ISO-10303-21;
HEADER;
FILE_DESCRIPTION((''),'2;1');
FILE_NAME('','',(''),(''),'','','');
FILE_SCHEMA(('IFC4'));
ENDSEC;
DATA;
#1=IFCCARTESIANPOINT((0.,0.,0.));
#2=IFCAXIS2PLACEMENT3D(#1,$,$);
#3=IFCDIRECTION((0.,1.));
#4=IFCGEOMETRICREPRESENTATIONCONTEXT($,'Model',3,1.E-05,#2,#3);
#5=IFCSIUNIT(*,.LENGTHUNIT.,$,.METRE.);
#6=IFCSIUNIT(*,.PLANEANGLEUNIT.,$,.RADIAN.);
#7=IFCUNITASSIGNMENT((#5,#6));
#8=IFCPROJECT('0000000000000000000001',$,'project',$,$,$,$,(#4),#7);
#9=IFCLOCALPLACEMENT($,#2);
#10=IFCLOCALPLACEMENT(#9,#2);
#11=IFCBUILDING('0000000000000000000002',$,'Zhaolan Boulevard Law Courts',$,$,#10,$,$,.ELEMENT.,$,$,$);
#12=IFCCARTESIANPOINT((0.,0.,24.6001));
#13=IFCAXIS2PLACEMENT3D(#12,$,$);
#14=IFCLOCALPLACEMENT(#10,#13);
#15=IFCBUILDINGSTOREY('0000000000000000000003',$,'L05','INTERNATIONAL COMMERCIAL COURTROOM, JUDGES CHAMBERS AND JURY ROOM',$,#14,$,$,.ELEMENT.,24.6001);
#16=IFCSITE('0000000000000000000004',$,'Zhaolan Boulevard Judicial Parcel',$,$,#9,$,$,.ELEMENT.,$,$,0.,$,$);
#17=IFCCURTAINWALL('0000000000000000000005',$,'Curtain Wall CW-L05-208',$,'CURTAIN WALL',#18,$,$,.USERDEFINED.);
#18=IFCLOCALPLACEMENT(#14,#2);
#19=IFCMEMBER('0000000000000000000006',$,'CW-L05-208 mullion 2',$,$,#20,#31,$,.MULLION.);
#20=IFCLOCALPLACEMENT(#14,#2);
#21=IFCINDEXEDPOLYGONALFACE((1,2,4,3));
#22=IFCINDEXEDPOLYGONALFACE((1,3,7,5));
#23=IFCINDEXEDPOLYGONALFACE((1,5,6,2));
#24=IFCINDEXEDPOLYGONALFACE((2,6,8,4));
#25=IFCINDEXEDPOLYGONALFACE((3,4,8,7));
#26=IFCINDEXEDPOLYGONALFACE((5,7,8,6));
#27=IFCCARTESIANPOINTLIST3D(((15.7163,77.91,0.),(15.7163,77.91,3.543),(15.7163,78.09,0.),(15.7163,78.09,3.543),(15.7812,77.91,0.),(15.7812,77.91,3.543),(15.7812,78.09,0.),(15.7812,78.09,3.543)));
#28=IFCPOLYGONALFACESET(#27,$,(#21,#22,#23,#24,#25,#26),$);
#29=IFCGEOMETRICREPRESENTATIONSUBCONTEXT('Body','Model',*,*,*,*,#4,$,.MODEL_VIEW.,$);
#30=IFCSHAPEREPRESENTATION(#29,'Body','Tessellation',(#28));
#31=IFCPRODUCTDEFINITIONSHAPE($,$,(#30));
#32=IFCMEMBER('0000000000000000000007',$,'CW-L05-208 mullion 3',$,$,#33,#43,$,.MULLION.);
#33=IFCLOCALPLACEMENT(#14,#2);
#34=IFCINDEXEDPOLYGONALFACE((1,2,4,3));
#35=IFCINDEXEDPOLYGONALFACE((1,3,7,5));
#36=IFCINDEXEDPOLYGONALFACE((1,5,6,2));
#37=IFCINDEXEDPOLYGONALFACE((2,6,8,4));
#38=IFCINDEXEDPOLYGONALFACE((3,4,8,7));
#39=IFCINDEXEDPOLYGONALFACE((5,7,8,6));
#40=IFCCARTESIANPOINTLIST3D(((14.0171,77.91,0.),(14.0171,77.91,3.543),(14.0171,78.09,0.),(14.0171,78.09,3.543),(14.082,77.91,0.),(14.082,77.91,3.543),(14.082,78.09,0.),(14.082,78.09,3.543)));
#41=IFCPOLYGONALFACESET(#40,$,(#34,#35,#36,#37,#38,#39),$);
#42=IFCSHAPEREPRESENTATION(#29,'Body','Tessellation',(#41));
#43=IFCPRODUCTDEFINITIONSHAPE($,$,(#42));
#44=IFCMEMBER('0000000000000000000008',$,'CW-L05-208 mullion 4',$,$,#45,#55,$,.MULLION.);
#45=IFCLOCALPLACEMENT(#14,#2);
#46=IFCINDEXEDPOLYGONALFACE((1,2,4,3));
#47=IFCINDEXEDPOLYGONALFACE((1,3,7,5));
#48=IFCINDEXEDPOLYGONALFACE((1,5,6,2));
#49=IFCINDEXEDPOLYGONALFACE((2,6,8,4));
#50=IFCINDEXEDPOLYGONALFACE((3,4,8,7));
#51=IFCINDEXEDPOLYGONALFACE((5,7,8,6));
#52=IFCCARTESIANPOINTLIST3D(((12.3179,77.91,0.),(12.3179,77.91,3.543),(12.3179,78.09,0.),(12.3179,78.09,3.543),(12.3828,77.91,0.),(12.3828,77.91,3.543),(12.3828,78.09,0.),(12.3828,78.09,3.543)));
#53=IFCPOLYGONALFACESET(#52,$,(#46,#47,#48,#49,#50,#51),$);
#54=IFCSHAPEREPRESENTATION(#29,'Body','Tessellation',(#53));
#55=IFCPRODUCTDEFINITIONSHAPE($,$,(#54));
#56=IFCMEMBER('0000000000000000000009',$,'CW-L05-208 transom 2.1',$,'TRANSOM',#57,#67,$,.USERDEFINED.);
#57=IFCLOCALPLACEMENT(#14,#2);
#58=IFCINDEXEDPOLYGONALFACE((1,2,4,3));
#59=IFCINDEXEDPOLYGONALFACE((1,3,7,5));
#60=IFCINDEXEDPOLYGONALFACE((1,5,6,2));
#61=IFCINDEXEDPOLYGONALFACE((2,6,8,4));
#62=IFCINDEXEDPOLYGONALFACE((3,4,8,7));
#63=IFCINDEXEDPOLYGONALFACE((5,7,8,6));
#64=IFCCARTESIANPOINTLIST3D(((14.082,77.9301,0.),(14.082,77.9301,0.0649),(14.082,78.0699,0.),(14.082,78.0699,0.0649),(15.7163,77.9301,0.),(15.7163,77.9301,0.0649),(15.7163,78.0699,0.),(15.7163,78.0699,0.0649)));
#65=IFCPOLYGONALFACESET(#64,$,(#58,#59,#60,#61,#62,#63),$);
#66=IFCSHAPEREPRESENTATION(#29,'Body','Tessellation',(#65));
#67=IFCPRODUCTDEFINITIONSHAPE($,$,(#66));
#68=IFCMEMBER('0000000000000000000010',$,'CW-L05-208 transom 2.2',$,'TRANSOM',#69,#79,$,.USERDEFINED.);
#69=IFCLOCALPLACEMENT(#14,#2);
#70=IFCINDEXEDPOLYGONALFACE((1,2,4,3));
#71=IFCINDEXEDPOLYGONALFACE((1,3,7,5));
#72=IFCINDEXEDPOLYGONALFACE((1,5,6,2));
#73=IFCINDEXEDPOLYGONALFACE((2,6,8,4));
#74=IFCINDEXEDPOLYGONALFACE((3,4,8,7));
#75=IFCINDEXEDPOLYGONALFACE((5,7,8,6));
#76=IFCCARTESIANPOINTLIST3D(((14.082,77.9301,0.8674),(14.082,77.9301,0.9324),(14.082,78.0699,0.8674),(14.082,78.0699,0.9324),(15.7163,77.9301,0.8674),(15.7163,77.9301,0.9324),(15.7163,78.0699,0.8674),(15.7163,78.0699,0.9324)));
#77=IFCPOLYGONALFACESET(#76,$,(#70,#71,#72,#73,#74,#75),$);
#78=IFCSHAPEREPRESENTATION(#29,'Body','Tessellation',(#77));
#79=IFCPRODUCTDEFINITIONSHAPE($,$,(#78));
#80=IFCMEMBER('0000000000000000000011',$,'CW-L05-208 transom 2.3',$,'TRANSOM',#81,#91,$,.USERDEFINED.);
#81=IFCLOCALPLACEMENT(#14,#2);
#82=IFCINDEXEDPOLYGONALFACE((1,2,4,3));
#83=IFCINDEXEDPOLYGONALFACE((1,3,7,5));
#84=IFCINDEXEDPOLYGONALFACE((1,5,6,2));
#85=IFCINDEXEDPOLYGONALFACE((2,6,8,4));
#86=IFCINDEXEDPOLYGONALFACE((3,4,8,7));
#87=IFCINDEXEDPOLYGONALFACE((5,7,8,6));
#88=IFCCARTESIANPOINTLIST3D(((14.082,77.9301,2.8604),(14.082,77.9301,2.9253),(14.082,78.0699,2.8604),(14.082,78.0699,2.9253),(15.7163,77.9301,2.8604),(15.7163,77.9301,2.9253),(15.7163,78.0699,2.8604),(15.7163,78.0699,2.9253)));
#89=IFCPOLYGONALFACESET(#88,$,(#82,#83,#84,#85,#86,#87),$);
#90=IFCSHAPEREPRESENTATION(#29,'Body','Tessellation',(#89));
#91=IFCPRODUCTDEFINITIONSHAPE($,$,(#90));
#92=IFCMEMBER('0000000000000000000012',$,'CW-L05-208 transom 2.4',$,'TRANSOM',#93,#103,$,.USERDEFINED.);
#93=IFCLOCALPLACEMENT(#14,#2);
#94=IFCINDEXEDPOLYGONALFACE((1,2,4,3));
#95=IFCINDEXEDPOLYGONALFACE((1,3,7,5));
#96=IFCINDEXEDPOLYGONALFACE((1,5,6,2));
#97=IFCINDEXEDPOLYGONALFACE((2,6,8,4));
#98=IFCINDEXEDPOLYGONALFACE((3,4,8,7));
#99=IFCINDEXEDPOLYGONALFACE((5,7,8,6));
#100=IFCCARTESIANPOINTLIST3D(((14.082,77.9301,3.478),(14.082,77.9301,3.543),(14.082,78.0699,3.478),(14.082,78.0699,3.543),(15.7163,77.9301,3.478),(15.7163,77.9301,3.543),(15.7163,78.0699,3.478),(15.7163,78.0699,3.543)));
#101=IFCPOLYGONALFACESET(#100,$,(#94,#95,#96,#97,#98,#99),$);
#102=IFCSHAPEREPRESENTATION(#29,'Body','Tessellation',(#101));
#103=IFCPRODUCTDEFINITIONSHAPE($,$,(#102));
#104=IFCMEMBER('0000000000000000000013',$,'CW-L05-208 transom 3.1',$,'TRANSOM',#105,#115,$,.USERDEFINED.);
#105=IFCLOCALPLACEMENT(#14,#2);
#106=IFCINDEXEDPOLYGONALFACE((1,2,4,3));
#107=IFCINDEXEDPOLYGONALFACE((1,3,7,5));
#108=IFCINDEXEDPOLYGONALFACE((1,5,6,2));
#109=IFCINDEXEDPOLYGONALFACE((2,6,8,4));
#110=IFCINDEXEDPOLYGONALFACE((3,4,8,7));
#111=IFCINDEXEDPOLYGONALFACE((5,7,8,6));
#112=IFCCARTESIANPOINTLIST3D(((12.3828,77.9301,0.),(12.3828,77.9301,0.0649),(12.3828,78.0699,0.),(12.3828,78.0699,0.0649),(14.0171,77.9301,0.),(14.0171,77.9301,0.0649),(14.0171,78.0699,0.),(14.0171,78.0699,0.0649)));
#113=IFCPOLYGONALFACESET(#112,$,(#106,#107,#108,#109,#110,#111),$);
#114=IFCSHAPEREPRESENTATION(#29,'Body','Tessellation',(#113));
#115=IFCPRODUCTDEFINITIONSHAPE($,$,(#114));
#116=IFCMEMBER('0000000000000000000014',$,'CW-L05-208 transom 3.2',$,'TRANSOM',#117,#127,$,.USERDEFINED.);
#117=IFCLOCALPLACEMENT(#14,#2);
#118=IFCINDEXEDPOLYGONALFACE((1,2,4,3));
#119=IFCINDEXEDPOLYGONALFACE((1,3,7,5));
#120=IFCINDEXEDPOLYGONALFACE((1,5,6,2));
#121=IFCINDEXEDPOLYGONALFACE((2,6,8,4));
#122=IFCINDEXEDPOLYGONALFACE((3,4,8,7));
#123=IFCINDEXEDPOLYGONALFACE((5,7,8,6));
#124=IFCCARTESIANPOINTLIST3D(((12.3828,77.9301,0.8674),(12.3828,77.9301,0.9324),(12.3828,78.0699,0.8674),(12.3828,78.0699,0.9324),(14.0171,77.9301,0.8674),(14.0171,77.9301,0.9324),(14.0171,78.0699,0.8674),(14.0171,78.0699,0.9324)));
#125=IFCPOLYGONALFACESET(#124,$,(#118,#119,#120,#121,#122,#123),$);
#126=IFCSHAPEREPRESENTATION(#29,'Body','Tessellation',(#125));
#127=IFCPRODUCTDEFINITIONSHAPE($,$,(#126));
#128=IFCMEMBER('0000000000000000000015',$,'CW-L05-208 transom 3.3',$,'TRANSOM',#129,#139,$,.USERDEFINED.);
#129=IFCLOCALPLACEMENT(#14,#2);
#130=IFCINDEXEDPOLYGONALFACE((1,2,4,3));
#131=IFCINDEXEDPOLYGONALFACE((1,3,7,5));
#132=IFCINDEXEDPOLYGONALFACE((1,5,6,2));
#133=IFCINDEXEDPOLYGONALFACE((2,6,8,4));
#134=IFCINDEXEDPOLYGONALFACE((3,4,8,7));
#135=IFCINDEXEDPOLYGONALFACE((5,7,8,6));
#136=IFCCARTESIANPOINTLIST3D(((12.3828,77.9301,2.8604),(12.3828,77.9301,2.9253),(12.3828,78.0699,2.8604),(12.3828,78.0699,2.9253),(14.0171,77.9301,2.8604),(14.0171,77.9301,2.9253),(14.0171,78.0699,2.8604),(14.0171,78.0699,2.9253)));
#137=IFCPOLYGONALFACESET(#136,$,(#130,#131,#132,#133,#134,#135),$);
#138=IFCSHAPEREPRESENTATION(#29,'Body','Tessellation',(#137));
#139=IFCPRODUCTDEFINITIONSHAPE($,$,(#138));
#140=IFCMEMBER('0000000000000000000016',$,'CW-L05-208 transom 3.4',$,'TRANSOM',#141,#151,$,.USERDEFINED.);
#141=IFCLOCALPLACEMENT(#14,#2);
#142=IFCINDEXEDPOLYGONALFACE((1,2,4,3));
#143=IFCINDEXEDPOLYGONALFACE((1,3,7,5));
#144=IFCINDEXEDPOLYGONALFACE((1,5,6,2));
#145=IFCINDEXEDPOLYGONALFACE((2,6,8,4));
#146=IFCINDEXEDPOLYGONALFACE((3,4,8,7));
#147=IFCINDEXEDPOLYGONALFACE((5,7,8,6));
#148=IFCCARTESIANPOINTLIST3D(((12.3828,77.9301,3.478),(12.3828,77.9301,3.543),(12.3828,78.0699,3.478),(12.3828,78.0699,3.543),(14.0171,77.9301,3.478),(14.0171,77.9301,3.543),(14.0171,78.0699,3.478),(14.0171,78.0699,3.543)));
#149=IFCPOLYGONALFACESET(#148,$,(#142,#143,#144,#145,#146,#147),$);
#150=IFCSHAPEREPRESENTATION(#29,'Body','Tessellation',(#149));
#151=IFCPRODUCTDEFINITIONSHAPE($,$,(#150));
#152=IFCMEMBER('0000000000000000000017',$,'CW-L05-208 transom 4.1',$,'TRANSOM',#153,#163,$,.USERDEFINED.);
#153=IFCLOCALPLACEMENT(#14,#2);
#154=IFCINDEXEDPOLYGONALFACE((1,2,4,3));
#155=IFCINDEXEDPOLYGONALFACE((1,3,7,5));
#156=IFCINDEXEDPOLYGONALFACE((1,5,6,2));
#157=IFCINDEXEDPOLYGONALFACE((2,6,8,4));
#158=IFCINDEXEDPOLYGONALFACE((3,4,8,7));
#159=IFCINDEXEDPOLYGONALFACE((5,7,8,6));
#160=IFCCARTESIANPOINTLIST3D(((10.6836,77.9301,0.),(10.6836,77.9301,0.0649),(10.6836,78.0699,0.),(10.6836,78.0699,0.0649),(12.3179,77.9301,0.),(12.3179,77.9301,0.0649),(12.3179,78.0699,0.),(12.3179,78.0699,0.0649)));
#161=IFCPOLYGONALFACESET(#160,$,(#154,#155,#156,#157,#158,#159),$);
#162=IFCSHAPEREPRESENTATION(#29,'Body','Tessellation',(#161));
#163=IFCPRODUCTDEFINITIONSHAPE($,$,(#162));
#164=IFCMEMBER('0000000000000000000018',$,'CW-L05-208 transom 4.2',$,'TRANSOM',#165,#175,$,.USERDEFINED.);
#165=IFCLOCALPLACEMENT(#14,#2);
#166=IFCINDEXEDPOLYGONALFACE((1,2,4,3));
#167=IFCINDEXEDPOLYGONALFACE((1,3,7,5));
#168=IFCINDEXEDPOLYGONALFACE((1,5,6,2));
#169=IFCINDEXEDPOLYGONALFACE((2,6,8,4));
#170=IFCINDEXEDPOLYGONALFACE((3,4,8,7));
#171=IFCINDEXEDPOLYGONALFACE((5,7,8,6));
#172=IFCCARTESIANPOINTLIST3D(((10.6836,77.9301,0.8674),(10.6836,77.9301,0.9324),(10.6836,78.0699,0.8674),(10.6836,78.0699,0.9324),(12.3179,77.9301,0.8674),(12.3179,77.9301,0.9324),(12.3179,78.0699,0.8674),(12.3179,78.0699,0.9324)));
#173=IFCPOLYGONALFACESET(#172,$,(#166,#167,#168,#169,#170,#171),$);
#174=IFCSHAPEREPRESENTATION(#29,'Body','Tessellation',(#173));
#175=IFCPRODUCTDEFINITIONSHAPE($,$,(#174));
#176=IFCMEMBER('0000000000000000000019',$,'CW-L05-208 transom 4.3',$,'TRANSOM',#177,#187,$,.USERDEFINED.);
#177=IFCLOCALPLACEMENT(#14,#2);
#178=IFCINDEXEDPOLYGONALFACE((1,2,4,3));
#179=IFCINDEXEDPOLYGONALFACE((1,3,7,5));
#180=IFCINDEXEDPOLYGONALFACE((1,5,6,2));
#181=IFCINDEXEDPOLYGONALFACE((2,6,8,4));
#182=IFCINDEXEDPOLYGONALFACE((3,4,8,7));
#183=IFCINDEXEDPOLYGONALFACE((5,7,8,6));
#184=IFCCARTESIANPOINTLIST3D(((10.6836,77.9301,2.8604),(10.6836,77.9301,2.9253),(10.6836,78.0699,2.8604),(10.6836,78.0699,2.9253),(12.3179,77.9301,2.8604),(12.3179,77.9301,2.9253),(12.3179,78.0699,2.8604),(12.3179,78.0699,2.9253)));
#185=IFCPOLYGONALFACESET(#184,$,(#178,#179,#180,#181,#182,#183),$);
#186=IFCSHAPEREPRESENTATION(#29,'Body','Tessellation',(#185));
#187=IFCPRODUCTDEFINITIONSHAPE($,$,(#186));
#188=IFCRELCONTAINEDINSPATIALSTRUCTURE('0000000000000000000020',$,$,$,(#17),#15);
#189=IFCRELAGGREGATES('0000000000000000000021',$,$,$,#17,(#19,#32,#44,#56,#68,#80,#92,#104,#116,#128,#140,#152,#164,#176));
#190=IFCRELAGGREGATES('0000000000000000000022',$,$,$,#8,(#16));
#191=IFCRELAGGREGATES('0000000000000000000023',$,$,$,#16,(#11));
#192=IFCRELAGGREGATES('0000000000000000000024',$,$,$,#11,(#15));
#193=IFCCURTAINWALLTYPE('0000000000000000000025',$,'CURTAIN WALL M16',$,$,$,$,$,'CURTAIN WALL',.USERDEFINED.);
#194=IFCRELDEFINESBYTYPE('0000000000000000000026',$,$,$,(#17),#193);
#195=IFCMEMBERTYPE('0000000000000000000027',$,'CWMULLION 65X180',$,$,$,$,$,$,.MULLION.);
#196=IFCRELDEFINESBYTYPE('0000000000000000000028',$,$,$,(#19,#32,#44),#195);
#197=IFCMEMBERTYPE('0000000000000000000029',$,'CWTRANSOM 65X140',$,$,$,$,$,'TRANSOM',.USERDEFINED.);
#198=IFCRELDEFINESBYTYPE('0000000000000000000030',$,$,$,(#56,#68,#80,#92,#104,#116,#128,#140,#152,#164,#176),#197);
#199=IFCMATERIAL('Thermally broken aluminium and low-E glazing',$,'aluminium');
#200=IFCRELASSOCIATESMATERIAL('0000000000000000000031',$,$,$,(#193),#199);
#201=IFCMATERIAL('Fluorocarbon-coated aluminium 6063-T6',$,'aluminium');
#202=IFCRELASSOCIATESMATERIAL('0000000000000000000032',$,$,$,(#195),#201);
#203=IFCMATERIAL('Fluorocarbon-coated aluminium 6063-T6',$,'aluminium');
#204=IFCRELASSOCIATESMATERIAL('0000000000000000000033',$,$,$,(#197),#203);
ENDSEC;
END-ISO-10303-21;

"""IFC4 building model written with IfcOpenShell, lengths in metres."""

from ifc_helpers import new_model, si_unit, direction, frame, origin, origin_2d, place, context, subcontext, project, spatial, rectangle, extrude, material, material_profile, profile_set, type_object, element, aggregate, save


model = new_model("IFC4")

# Units and contexts
model_context = context("Model", 3, precision=1e-05, world=origin(), true_north=direction((0.0, 1.0)))
body_context = subcontext(model_context, "Body", "Model", "MODEL_VIEW")
ifc_project = project(units=[si_unit("LENGTHUNIT", "METRE"), si_unit("PLANEANGLEUNIT", "RADIAN")], contexts=[model_context])

# Site, building, storey
site_placement = place(None, origin())
site = spatial("IfcSite", under=ifc_project, at=site_placement, Name="Zhaolan Boulevard Judicial Parcel", CompositionType="ELEMENT", RefElevation=0.0)
building_placement = place(site_placement, origin())
building = spatial("IfcBuilding", under=site, at=building_placement, Name="Zhaolan Boulevard Law Courts", CompositionType="ELEMENT")
storey_placement = place(building_placement, frame((0.0, 0.0, 24.6001)))
storey = spatial("IfcBuildingStorey", under=building, at=storey_placement, Name="L05", Description="INTERNATIONAL COMMERCIAL COURTROOM, JUDGES CHAMBERS AND JURY ROOM", CompositionType="ELEMENT", Elevation=24.6001)

# Curtain wall, members
ifc_material_1 = material(Name="Thermally broken aluminium and low-E glazing", Category="aluminium")
curtain_wall_type = type_object("IfcCurtainWallType", Name="CURTAIN WALL M16", ElementType="CURTAIN WALL", PredefinedType="USERDEFINED", material=ifc_material_1)
curtain_wall_placement = place(storey_placement, origin())
curtain_wall = element("IfcCurtainWall", 1, at=curtain_wall_placement, inside=storey, type_object=curtain_wall_type, Name="Curtain Wall CW-L05-208", ObjectType="CURTAIN WALL", PredefinedType="USERDEFINED")
ifc_material_2 = material(Name="Fluorocarbon-coated aluminium 6063-T6", Category="aluminium")
ifc_material_profile_1 = material_profile(ifc_material_2, rectangle(XDim=0.1799, YDim=0.0649, at=origin_2d()), Name="AL65x180")
ifc_profile_set_1 = profile_set([ifc_material_profile_1], Name="Fluorocarbon-coated aluminium 6063-T6")
member_type_1 = type_object("IfcMemberType", Name="CWMULLION 65X180", PredefinedType="MULLION", material=ifc_profile_set_1)
member_1_placement = place(storey_placement, frame((15.7488, 78.0, 0.0), z_axis=(0.0, 0.0, 1.0), x_axis=(0.0, -1.0, 0.0)))
member_1 = element("IfcMember", 2, at=member_1_placement, type_object=member_type_1, Name="CW-L05-208 mullion 2", PredefinedType="MULLION", context=body_context, shape_type="SweptSolid", body=[
    extrude(rectangle(XDim=0.1799, YDim=0.0649, at=origin_2d()), origin(), (0.0, 0.0, 1.0), 3.543),
])
member_2_placement = place(storey_placement, frame((14.0496, 78.0, 0.0), z_axis=(0.0, 0.0, 1.0), x_axis=(0.0, -1.0, 0.0)))
member_2 = element("IfcMember", 3, at=member_2_placement, type_object=member_type_1, Name="CW-L05-208 mullion 3", PredefinedType="MULLION", context=body_context, shape_type="SweptSolid", body=[
    extrude(rectangle(XDim=0.1799, YDim=0.0649, at=origin_2d()), origin(), (0.0, 0.0, 1.0), 3.543),
])
member_3_placement = place(storey_placement, frame((12.3503, 78.0, 0.0), z_axis=(0.0, 0.0, 1.0), x_axis=(0.0, -1.0, 0.0)))
member_3 = element("IfcMember", 4, at=member_3_placement, type_object=member_type_1, Name="CW-L05-208 mullion 4", PredefinedType="MULLION", context=body_context, shape_type="SweptSolid", body=[
    extrude(rectangle(XDim=0.1799, YDim=0.0649, at=origin_2d()), origin(), (0.0, 0.0, 1.0), 3.543),
])
ifc_material_3 = material(Name="Fluorocarbon-coated aluminium 6063-T6", Category="aluminium")
ifc_material_profile_2 = material_profile(ifc_material_3, rectangle(XDim=0.1399, YDim=0.0649, at=origin_2d()), Name="AL65x140")
ifc_profile_set_2 = profile_set([ifc_material_profile_2], Name="Fluorocarbon-coated aluminium 6063-T6")
member_type_2 = type_object("IfcMemberType", Name="CWTRANSOM 65X140", ElementType="TRANSOM", PredefinedType="USERDEFINED", material=ifc_profile_set_2)
member_4_placement = place(storey_placement, frame((15.7163, 78.0, 0.0325), z_axis=(-1.0, 0.0, 0.0), x_axis=(0.0, -1.0, 0.0)))
member_4 = element("IfcMember", 5, at=member_4_placement, type_object=member_type_2, Name="CW-L05-208 transom 2.1", ObjectType="TRANSOM", PredefinedType="USERDEFINED", context=body_context, shape_type="SweptSolid", body=[
    extrude(rectangle(XDim=0.1399, YDim=0.0649, at=origin_2d()), origin(), (0.0, 0.0, 1.0), 1.6343),
])
member_5_placement = place(storey_placement, frame((15.7163, 78.0, 0.8999), z_axis=(-1.0, 0.0, 0.0), x_axis=(0.0, -1.0, 0.0)))
member_5 = element("IfcMember", 6, at=member_5_placement, type_object=member_type_2, Name="CW-L05-208 transom 2.2", ObjectType="TRANSOM", PredefinedType="USERDEFINED", context=body_context, shape_type="SweptSolid", body=[
    extrude(rectangle(XDim=0.1399, YDim=0.0649, at=origin_2d()), origin(), (0.0, 0.0, 1.0), 1.6343),
])
member_6_placement = place(storey_placement, frame((15.7163, 78.0, 2.8928), z_axis=(-1.0, 0.0, 0.0), x_axis=(0.0, -1.0, 0.0)))
member_6 = element("IfcMember", 7, at=member_6_placement, type_object=member_type_2, Name="CW-L05-208 transom 2.3", ObjectType="TRANSOM", PredefinedType="USERDEFINED", context=body_context, shape_type="SweptSolid", body=[
    extrude(rectangle(XDim=0.1399, YDim=0.0649, at=origin_2d()), origin(), (0.0, 0.0, 1.0), 1.6343),
])
member_7_placement = place(storey_placement, frame((15.7163, 78.0, 3.5105), z_axis=(-1.0, 0.0, 0.0), x_axis=(0.0, -1.0, 0.0)))
member_7 = element("IfcMember", 8, at=member_7_placement, type_object=member_type_2, Name="CW-L05-208 transom 2.4", ObjectType="TRANSOM", PredefinedType="USERDEFINED", context=body_context, shape_type="SweptSolid", body=[
    extrude(rectangle(XDim=0.1399, YDim=0.0649, at=origin_2d()), origin(), (0.0, 0.0, 1.0), 1.6343),
])
member_8_placement = place(storey_placement, frame((14.0171, 78.0, 0.0325), z_axis=(-1.0, 0.0, 0.0), x_axis=(0.0, -1.0, 0.0)))
member_8 = element("IfcMember", 9, at=member_8_placement, type_object=member_type_2, Name="CW-L05-208 transom 3.1", ObjectType="TRANSOM", PredefinedType="USERDEFINED", context=body_context, shape_type="SweptSolid", body=[
    extrude(rectangle(XDim=0.1399, YDim=0.0649, at=origin_2d()), origin(), (0.0, 0.0, 1.0), 1.6343),
])
member_9_placement = place(storey_placement, frame((14.0171, 78.0, 0.8999), z_axis=(-1.0, 0.0, 0.0), x_axis=(0.0, -1.0, 0.0)))
member_9 = element("IfcMember", 10, at=member_9_placement, type_object=member_type_2, Name="CW-L05-208 transom 3.2", ObjectType="TRANSOM", PredefinedType="USERDEFINED", context=body_context, shape_type="SweptSolid", body=[
    extrude(rectangle(XDim=0.1399, YDim=0.0649, at=origin_2d()), origin(), (0.0, 0.0, 1.0), 1.6343),
])
member_10_placement = place(storey_placement, frame((14.0171, 78.0, 2.8928), z_axis=(-1.0, 0.0, 0.0), x_axis=(0.0, -1.0, 0.0)))
member_10 = element("IfcMember", 11, at=member_10_placement, type_object=member_type_2, Name="CW-L05-208 transom 3.3", ObjectType="TRANSOM", PredefinedType="USERDEFINED", context=body_context, shape_type="SweptSolid", body=[
    extrude(rectangle(XDim=0.1399, YDim=0.0649, at=origin_2d()), origin(), (0.0, 0.0, 1.0), 1.6343),
])
member_11_placement = place(storey_placement, frame((14.0171, 78.0, 3.5105), z_axis=(-1.0, 0.0, 0.0), x_axis=(0.0, -1.0, 0.0)))
member_11 = element("IfcMember", 12, at=member_11_placement, type_object=member_type_2, Name="CW-L05-208 transom 3.4", ObjectType="TRANSOM", PredefinedType="USERDEFINED", context=body_context, shape_type="SweptSolid", body=[
    extrude(rectangle(XDim=0.1399, YDim=0.0649, at=origin_2d()), origin(), (0.0, 0.0, 1.0), 1.6343),
])
member_12_placement = place(storey_placement, frame((12.3179, 78.0, 0.0325), z_axis=(-1.0, 0.0, 0.0), x_axis=(0.0, -1.0, 0.0)))
member_12 = element("IfcMember", 13, at=member_12_placement, type_object=member_type_2, Name="CW-L05-208 transom 4.1", ObjectType="TRANSOM", PredefinedType="USERDEFINED", context=body_context, shape_type="SweptSolid", body=[
    extrude(rectangle(XDim=0.1399, YDim=0.0649, at=origin_2d()), origin(), (0.0, 0.0, 1.0), 1.6343),
])
member_13_placement = place(storey_placement, frame((12.3179, 78.0, 0.8999), z_axis=(-1.0, 0.0, 0.0), x_axis=(0.0, -1.0, 0.0)))
member_13 = element("IfcMember", 14, at=member_13_placement, type_object=member_type_2, Name="CW-L05-208 transom 4.2", ObjectType="TRANSOM", PredefinedType="USERDEFINED", context=body_context, shape_type="SweptSolid", body=[
    extrude(rectangle(XDim=0.1399, YDim=0.0649, at=origin_2d()), origin(), (0.0, 0.0, 1.0), 1.6343),
])
member_14_placement = place(storey_placement, frame((12.3179, 78.0, 2.8928), z_axis=(-1.0, 0.0, 0.0), x_axis=(0.0, -1.0, 0.0)))
member_14 = element("IfcMember", 15, at=member_14_placement, type_object=member_type_2, Name="CW-L05-208 transom 4.3", ObjectType="TRANSOM", PredefinedType="USERDEFINED", context=body_context, shape_type="SweptSolid", body=[
    extrude(rectangle(XDim=0.1399, YDim=0.0649, at=origin_2d()), origin(), (0.0, 0.0, 1.0), 1.6343),
])
aggregate(curtain_wall, [member_1, member_2, member_3, member_4, member_5, member_6, member_7, member_8, member_9, member_10, member_11, member_12, member_13, member_14])

save(model, "model.ifc")
